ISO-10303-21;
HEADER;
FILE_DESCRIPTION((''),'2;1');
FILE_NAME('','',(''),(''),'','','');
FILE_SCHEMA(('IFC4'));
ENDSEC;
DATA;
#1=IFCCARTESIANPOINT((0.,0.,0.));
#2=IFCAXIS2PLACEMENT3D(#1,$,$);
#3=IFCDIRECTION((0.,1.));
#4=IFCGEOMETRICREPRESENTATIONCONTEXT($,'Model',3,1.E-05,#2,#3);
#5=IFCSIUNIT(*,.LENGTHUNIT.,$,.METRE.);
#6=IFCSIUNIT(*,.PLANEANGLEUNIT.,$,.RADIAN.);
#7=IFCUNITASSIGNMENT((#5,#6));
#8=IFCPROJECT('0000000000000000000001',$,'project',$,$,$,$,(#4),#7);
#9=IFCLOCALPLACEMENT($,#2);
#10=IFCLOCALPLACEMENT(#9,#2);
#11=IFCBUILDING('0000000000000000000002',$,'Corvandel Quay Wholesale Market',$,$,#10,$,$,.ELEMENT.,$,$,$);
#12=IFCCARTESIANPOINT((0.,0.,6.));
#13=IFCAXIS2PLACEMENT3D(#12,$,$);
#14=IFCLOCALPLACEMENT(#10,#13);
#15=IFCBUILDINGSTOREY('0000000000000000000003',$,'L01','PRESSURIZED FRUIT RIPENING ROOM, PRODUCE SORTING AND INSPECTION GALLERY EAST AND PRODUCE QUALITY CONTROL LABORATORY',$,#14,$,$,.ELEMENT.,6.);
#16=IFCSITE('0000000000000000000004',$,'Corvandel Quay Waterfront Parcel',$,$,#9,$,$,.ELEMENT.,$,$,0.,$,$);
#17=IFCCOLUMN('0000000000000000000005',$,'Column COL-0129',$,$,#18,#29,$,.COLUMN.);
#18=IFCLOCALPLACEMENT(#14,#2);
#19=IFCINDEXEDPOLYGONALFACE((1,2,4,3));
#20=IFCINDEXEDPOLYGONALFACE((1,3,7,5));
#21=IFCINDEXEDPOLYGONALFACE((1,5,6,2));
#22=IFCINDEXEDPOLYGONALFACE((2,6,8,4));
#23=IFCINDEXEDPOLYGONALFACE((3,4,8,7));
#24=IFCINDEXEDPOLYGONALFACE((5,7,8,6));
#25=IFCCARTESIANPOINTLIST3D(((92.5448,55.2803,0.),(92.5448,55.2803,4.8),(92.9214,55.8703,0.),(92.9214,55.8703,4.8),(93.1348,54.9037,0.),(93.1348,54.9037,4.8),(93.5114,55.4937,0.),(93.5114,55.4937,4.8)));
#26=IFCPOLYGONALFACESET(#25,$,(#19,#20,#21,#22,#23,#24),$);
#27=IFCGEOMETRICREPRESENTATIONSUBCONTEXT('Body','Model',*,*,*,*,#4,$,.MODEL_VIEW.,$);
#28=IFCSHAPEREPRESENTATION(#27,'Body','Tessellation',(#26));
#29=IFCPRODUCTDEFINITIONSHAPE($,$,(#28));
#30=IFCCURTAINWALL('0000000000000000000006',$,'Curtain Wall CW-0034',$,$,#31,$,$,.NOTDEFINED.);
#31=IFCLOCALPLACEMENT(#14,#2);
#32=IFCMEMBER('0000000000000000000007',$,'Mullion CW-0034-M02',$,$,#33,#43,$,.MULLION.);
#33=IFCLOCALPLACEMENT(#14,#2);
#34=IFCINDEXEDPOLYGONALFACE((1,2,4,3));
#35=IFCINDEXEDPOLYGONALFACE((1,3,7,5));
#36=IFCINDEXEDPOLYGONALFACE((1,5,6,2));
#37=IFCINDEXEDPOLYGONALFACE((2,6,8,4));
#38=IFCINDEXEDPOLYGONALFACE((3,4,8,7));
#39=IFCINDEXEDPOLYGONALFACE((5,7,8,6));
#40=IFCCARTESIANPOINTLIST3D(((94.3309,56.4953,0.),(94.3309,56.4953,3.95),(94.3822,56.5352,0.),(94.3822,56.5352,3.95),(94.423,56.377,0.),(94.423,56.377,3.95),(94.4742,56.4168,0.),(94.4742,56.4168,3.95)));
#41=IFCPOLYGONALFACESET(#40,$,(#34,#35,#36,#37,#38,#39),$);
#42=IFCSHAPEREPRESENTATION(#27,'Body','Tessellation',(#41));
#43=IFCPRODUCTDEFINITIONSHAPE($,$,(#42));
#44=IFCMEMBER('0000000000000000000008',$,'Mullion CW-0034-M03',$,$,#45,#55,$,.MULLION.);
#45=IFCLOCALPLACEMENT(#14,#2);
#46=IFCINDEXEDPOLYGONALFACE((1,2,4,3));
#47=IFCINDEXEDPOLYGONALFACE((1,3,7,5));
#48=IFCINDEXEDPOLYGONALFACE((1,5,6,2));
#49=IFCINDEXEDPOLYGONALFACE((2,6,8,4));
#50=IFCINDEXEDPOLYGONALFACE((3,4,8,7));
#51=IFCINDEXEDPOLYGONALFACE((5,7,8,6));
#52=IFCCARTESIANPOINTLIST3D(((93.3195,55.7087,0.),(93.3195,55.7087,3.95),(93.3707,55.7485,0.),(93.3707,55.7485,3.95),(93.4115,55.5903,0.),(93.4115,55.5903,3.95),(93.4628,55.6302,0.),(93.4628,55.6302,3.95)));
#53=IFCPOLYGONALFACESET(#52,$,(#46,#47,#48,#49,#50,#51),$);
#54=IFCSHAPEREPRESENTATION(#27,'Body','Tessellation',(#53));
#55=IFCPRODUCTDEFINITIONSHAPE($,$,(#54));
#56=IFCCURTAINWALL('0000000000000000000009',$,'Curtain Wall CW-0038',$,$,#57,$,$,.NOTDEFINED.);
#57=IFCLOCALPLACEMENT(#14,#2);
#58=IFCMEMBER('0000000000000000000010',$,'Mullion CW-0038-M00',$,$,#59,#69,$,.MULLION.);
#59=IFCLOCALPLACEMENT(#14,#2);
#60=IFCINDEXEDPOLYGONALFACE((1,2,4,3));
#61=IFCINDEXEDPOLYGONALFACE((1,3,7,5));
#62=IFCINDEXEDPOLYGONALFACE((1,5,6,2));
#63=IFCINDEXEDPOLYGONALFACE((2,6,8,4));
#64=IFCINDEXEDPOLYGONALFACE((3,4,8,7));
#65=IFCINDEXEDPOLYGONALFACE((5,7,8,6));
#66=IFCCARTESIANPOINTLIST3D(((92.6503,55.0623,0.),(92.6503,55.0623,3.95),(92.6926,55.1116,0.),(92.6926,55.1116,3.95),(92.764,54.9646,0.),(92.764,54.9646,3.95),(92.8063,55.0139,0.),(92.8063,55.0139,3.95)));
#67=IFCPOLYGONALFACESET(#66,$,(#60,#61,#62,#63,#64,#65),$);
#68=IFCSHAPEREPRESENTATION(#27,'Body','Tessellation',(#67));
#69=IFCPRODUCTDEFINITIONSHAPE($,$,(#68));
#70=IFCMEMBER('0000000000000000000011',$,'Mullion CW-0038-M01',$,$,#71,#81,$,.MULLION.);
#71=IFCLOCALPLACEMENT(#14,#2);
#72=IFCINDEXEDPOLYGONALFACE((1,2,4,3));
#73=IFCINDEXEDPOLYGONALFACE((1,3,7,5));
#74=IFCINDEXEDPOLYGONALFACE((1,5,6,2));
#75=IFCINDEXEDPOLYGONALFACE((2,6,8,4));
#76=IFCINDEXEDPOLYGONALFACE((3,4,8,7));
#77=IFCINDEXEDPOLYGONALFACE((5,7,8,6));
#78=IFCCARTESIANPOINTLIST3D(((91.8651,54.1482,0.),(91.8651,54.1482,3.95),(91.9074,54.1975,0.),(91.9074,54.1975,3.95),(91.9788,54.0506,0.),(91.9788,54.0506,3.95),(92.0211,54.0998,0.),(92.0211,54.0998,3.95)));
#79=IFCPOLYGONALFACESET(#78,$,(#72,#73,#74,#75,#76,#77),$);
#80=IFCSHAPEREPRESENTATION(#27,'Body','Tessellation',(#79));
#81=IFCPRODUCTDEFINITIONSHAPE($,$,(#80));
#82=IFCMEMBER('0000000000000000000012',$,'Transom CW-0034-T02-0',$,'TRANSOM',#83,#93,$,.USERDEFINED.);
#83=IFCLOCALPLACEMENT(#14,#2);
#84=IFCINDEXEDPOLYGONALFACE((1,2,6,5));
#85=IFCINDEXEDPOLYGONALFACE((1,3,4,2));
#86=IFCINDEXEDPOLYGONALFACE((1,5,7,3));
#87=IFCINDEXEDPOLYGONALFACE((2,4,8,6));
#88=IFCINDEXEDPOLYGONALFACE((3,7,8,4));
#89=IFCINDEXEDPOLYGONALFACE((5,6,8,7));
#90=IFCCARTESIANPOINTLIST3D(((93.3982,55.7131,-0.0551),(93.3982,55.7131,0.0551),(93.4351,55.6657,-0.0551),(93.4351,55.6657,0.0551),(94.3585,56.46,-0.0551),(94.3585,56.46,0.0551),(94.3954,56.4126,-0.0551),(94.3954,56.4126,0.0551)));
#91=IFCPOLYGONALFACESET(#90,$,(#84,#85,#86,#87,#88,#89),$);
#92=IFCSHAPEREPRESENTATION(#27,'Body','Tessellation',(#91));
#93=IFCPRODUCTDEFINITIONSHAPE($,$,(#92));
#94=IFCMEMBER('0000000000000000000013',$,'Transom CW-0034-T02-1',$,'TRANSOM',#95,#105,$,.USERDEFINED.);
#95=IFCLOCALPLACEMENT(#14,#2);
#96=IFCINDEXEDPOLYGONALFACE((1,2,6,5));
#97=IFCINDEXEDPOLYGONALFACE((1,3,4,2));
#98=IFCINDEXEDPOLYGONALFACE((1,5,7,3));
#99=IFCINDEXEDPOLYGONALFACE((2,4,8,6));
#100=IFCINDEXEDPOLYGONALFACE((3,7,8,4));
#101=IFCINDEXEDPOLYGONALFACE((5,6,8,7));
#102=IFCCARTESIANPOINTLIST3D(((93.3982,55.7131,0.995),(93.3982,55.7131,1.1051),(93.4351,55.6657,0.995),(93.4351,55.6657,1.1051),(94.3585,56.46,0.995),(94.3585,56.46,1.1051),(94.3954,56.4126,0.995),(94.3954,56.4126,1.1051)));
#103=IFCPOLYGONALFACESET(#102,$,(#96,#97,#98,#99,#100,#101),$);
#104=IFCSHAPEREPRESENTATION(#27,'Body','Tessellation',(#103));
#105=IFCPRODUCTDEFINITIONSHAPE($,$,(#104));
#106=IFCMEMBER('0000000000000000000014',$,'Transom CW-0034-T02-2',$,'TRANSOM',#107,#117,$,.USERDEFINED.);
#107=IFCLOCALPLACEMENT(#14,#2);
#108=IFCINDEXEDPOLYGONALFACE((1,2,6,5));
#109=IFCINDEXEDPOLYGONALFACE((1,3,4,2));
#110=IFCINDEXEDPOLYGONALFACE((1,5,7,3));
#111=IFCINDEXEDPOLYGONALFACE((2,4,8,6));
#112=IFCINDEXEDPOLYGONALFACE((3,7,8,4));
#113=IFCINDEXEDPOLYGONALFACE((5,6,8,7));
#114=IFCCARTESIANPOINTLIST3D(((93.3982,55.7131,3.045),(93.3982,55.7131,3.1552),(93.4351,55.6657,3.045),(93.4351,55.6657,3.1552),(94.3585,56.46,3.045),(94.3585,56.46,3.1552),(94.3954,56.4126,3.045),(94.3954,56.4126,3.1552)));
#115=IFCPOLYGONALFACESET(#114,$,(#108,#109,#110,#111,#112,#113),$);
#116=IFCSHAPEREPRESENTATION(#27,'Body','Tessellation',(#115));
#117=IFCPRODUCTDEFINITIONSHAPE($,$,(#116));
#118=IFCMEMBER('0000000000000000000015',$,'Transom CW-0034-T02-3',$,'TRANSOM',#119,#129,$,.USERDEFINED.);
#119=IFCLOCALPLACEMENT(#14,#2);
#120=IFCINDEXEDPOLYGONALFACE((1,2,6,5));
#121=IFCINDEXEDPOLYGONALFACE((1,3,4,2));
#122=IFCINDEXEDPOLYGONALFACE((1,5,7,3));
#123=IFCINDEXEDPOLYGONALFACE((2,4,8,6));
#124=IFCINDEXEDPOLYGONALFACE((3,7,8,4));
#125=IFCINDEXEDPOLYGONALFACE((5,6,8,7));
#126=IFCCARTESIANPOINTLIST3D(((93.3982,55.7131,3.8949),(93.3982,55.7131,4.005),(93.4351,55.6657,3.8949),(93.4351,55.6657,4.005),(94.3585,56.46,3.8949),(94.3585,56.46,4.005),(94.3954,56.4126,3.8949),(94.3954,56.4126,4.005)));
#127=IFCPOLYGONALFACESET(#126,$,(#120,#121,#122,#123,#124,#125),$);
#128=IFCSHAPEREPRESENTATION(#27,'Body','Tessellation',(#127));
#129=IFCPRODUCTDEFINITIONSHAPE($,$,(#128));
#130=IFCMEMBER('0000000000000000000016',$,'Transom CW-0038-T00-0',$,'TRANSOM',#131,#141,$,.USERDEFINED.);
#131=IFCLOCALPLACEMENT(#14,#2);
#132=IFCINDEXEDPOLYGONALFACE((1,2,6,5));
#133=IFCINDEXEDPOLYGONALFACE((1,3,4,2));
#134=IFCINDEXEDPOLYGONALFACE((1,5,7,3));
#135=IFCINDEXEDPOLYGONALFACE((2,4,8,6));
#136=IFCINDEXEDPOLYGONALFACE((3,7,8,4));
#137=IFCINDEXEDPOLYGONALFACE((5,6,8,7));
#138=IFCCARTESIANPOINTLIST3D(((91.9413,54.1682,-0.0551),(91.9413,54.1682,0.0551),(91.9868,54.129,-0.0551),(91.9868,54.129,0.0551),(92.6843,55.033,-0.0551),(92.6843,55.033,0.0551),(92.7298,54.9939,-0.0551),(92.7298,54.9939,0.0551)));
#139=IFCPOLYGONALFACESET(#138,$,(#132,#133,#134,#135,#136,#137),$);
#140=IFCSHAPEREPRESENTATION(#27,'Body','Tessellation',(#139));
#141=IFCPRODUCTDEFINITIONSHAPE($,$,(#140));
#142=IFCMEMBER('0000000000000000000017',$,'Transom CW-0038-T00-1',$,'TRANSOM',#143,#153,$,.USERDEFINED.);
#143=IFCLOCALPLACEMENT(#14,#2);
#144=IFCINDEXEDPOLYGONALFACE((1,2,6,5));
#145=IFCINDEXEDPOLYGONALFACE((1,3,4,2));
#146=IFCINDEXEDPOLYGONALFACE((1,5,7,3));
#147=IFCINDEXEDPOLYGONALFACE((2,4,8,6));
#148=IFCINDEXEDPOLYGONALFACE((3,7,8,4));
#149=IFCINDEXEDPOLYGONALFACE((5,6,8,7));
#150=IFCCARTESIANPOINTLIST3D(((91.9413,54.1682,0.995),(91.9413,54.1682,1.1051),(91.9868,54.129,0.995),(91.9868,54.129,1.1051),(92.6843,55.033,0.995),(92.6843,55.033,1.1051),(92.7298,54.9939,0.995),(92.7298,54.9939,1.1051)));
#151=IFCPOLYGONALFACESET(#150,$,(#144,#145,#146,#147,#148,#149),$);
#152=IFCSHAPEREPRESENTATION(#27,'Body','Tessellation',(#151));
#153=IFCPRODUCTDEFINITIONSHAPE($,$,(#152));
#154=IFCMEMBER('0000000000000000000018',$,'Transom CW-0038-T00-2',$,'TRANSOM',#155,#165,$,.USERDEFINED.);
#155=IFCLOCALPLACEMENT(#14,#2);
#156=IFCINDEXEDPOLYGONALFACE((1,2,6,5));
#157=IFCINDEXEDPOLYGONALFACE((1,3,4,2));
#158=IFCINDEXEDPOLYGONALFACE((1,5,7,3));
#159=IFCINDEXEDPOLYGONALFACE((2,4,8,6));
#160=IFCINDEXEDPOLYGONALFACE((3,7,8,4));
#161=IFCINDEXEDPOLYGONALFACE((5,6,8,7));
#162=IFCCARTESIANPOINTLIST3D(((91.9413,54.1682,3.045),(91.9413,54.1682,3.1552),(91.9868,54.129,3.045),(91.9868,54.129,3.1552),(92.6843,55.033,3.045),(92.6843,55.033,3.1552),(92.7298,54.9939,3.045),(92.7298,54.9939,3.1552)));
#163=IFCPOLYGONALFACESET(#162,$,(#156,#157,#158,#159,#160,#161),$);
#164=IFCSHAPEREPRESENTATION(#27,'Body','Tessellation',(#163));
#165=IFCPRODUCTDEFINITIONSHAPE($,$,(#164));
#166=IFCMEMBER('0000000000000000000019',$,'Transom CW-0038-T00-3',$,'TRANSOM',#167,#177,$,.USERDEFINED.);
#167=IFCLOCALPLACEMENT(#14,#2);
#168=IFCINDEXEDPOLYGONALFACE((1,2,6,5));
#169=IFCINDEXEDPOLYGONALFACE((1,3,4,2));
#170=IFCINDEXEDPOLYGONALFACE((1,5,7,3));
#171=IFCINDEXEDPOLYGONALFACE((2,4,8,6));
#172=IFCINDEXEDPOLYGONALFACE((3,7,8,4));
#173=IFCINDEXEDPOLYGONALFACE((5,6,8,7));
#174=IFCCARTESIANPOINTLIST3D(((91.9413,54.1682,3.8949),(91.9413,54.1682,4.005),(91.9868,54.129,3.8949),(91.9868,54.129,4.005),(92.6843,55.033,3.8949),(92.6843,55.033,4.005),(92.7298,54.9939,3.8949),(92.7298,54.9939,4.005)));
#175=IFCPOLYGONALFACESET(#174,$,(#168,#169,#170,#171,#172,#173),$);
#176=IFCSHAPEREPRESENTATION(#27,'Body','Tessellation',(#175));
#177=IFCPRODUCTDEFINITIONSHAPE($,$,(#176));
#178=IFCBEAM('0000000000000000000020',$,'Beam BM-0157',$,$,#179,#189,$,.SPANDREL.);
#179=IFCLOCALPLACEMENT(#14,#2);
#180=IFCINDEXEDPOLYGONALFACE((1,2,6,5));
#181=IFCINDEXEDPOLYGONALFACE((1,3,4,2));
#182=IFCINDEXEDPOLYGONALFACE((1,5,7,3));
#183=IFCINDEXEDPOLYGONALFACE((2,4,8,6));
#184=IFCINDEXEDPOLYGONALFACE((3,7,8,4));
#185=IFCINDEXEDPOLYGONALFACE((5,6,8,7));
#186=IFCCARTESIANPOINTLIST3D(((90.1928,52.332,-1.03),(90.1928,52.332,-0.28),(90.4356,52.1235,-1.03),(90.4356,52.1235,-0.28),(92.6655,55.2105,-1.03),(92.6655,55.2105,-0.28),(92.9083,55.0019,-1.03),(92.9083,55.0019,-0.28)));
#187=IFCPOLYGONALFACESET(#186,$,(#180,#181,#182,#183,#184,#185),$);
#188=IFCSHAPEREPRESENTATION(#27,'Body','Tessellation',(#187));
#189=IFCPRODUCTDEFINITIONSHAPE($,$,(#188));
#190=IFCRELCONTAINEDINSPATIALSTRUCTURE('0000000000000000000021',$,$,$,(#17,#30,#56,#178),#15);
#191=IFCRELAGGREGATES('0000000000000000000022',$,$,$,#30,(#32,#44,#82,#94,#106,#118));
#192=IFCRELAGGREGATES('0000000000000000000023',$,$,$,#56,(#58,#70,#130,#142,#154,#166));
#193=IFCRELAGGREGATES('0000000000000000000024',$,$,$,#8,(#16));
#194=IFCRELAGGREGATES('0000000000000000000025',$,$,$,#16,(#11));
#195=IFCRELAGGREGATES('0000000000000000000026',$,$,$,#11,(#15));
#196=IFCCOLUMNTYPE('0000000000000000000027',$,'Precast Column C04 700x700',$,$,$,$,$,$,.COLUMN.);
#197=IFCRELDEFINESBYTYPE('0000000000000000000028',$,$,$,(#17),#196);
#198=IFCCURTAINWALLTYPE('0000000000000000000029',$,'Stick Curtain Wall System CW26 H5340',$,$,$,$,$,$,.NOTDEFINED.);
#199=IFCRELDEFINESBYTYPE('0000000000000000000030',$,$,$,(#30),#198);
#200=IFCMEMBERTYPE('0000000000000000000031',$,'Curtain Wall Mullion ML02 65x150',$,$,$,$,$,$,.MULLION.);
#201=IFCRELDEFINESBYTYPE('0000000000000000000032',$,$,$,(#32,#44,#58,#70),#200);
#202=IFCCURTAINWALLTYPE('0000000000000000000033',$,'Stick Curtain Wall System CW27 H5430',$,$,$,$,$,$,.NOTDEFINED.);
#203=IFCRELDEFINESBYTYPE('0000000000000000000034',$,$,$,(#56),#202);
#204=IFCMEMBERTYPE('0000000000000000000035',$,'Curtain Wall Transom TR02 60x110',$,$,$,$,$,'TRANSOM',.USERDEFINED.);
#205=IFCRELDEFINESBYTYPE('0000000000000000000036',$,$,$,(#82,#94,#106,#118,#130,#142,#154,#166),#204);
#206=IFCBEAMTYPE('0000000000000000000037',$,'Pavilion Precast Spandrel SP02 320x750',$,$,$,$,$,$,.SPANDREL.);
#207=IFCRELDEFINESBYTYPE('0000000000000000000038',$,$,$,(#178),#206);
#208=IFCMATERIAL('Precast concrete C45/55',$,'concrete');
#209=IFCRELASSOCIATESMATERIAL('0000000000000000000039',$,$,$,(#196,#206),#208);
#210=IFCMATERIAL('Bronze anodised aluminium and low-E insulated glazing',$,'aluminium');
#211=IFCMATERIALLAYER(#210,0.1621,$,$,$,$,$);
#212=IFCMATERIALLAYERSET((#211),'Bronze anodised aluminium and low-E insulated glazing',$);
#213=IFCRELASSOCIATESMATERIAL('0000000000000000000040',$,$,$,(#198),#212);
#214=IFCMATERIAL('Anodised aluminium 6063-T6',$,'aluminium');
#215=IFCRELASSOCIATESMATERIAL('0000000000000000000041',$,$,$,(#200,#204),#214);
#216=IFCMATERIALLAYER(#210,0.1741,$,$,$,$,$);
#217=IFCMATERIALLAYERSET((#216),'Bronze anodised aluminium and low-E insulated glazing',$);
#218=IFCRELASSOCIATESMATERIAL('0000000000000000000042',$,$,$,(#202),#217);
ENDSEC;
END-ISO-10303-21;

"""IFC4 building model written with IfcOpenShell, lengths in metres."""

from ifc_helpers import new_model, si_unit, direction, frame, origin, origin_2d, place, context, subcontext, project, spatial, rectangle, extrude, material, layer, layer_set, material_profile, profile_set, type_object, element, aggregate, save


model = new_model("IFC4")

# Units and contexts
model_context = context("Model", 3, precision=1e-05, world=origin(), true_north=direction((0.0, 1.0)))
body_context = subcontext(model_context, "Body", "Model", "MODEL_VIEW")
ifc_project = project(units=[si_unit("LENGTHUNIT", "METRE"), si_unit("PLANEANGLEUNIT", "RADIAN")], contexts=[model_context])

# Site, building, storey
site_placement = place(None, origin())
site = spatial("IfcSite", under=ifc_project, at=site_placement, Name="Corvandel Quay Waterfront Parcel", CompositionType="ELEMENT", RefElevation=0.0)
building_placement = place(site_placement, origin())
building = spatial("IfcBuilding", under=site, at=building_placement, Name="Corvandel Quay Wholesale Market", CompositionType="ELEMENT")
storey_placement = place(building_placement, frame((0.0, 0.0, 6.0)))
storey = spatial("IfcBuildingStorey", under=building, at=storey_placement, Name="L01", Description="PRESSURIZED FRUIT RIPENING ROOM, PRODUCE SORTING AND INSPECTION GALLERY EAST AND PRODUCE QUALITY CONTROL LABORATORY", CompositionType="ELEMENT", Elevation=6.0)

# Column
ifc_material_1 = material(Name="Precast concrete C45/55", Category="concrete")
ifc_material_profile_1 = material_profile(ifc_material_1, rectangle(XDim=0.7, YDim=0.7, at=origin_2d()), Name="PC-COL-700x700")
ifc_profile_set_1 = profile_set([ifc_material_profile_1], Name="Precast concrete C45/55")
column_type = type_object("IfcColumnType", Name="Precast Column C04 700x700", PredefinedType="COLUMN", material=ifc_profile_set_1)
column_placement = place(storey_placement, frame((93.0281, 55.387, 0.0), z_axis=(0.0, 0.0, 1.0), x_axis=(0.538035, 0.842922, 0.0)))
element("IfcColumn", 1, at=column_placement, inside=storey, type_object=column_type, Name="Column COL-0129", PredefinedType="COLUMN", context=body_context, shape_type="SweptSolid", body=[
    extrude(rectangle(XDim=0.7, YDim=0.7, at=origin_2d()), origin(), (0.0, 0.0, 1.0), 4.8),
])

# Curtain walls, members
ifc_material_2 = material(Name="Bronze anodised aluminium and low-E insulated glazing", Category="aluminium")
ifc_layer_1 = layer(ifc_material_2, 0.1621)
ifc_layer_set_1 = layer_set([ifc_layer_1], Name="Bronze anodised aluminium and low-E insulated glazing")
curtain_wall_type_1 = type_object("IfcCurtainWallType", Name="Stick Curtain Wall System CW26 H5340", PredefinedType="NOTDEFINED", material=ifc_layer_set_1)
curtain_wall_1_placement = place(storey_placement, origin())
curtain_wall_1 = element("IfcCurtainWall", 2, at=curtain_wall_1_placement, inside=storey, type_object=curtain_wall_type_1, Name="Curtain Wall CW-0034", PredefinedType="NOTDEFINED")
ifc_material_3 = material(Name="Anodised aluminium 6063-T6", Category="aluminium")
ifc_material_profile_2 = material_profile(ifc_material_3, rectangle(XDim=0.0649, YDim=0.1499, at=origin_2d()), Name="ALU-MUL-65x150")
ifc_profile_set_2 = profile_set([ifc_material_profile_2], Name="Anodised aluminium 6063-T6")
member_type_1 = type_object("IfcMemberType", Name="Curtain Wall Mullion ML02 65x150", PredefinedType="MULLION", material=ifc_profile_set_2)
member_1_placement = place(storey_placement, frame((94.4026, 56.4561, 0.0), z_axis=(0.0, 0.0, 1.0), x_axis=(0.789406, 0.613872, 0.0)))
member_1 = element("IfcMember", 3, at=member_1_placement, type_object=member_type_1, Name="Mullion CW-0034-M02", PredefinedType="MULLION", context=body_context, shape_type="SweptSolid", body=[
    extrude(rectangle(XDim=0.0649, YDim=0.1499, at=origin_2d()), origin(), (0.0, 0.0, 1.0), 3.95),
])
member_2_placement = place(storey_placement, frame((93.3911, 55.6694, 0.0), z_axis=(0.0, 0.0, 1.0), x_axis=(0.789406, 0.613872, 0.0)))
member_2 = element("IfcMember", 4, at=member_2_placement, type_object=member_type_1, Name="Mullion CW-0034-M03", PredefinedType="MULLION", context=body_context, shape_type="SweptSolid", body=[
    extrude(rectangle(XDim=0.0649, YDim=0.1499, at=origin_2d()), origin(), (0.0, 0.0, 1.0), 3.95),
])
ifc_layer_2 = layer(ifc_material_2, 0.1741)
ifc_layer_set_2 = layer_set([ifc_layer_2], Name="Bronze anodised aluminium and low-E insulated glazing")
curtain_wall_type_2 = type_object("IfcCurtainWallType", Name="Stick Curtain Wall System CW27 H5430", PredefinedType="NOTDEFINED", material=ifc_layer_set_2)
curtain_wall_2_placement = place(storey_placement, origin())
curtain_wall_2 = element("IfcCurtainWall", 5, at=curtain_wall_2_placement, inside=storey, type_object=curtain_wall_type_2, Name="Curtain Wall CW-0038", PredefinedType="NOTDEFINED")
member_3_placement = place(storey_placement, frame((92.7283, 55.0381, 0.0), z_axis=(0.0, 0.0, 1.0), x_axis=(0.651569, 0.758589, 0.0)))
member_3 = element("IfcMember", 6, at=member_3_placement, type_object=member_type_1, Name="Mullion CW-0038-M00", PredefinedType="MULLION", context=body_context, shape_type="SweptSolid", body=[
    extrude(rectangle(XDim=0.0649, YDim=0.1499, at=origin_2d()), origin(), (0.0, 0.0, 1.0), 3.95),
])
member_4_placement = place(storey_placement, frame((91.9431, 54.124, 0.0), z_axis=(0.0, 0.0, 1.0), x_axis=(0.651569, 0.758589, 0.0)))
member_4 = element("IfcMember", 7, at=member_4_placement, type_object=member_type_1, Name="Mullion CW-0038-M01", PredefinedType="MULLION", context=body_context, shape_type="SweptSolid", body=[
    extrude(rectangle(XDim=0.0649, YDim=0.1499, at=origin_2d()), origin(), (0.0, 0.0, 1.0), 3.95),
])

# Members
ifc_material_profile_3 = material_profile(ifc_material_3, rectangle(XDim=0.0601, YDim=0.1101, at=origin_2d()), Name="ALU-TRN-60x110")
ifc_profile_set_3 = profile_set([ifc_material_profile_3], Name="Anodised aluminium 6063-T6")
member_type_2 = type_object("IfcMemberType", Name="Curtain Wall Transom TR02 60x110", ElementType="TRANSOM", PredefinedType="USERDEFINED", material=ifc_profile_set_3)
member_5_placement = place(storey_placement, frame((94.377, 56.4363, 0.0), z_axis=(-0.789352, -0.613941, 0.0), x_axis=(0.613941, -0.789352, 0.0)))
member_5 = element("IfcMember", 8, at=member_5_placement, type_object=member_type_2, Name="Transom CW-0034-T02-0", ObjectType="TRANSOM", PredefinedType="USERDEFINED", context=body_context, shape_type="SweptSolid", body=[
    extrude(rectangle(XDim=0.0601, YDim=0.1101, at=origin_2d()), origin(), (0.0, 0.0, 1.0), 1.2166),
])
member_6_placement = place(storey_placement, frame((94.377, 56.4363, 1.05), z_axis=(-0.789352, -0.613941, 0.0), x_axis=(0.613941, -0.789352, 0.0)))
member_6 = element("IfcMember", 9, at=member_6_placement, type_object=member_type_2, Name="Transom CW-0034-T02-1", ObjectType="TRANSOM", PredefinedType="USERDEFINED", context=body_context, shape_type="SweptSolid", body=[
    extrude(rectangle(XDim=0.0601, YDim=0.1101, at=origin_2d()), origin(), (0.0, 0.0, 1.0), 1.2166),
])
member_7_placement = place(storey_placement, frame((94.377, 56.4363, 3.1001), z_axis=(-0.789352, -0.613941, 0.0), x_axis=(0.613941, -0.789352, 0.0)))
member_7 = element("IfcMember", 10, at=member_7_placement, type_object=member_type_2, Name="Transom CW-0034-T02-2", ObjectType="TRANSOM", PredefinedType="USERDEFINED", context=body_context, shape_type="SweptSolid", body=[
    extrude(rectangle(XDim=0.0601, YDim=0.1101, at=origin_2d()), origin(), (0.0, 0.0, 1.0), 1.2166),
])
member_8_placement = place(storey_placement, frame((94.377, 56.4363, 3.95), z_axis=(-0.789352, -0.613941, 0.0), x_axis=(0.613941, -0.789352, 0.0)))
member_8 = element("IfcMember", 11, at=member_8_placement, type_object=member_type_2, Name="Transom CW-0034-T02-3", ObjectType="TRANSOM", PredefinedType="USERDEFINED", context=body_context, shape_type="SweptSolid", body=[
    extrude(rectangle(XDim=0.0601, YDim=0.1101, at=origin_2d()), origin(), (0.0, 0.0, 1.0), 1.2166),
])
member_9_placement = place(storey_placement, frame((92.707, 55.0134, 0.0), z_axis=(-0.651655, -0.758515, 0.0), x_axis=(0.758515, -0.651655, 0.0)))
member_9 = element("IfcMember", 12, at=member_9_placement, type_object=member_type_2, Name="Transom CW-0038-T00-0", ObjectType="TRANSOM", PredefinedType="USERDEFINED", context=body_context, shape_type="SweptSolid", body=[
    extrude(rectangle(XDim=0.0601, YDim=0.1101, at=origin_2d()), origin(), (0.0, 0.0, 1.0), 1.1401),
])
member_10_placement = place(storey_placement, frame((92.707, 55.0134, 1.05), z_axis=(-0.651655, -0.758515, 0.0), x_axis=(0.758515, -0.651655, 0.0)))
member_10 = element("IfcMember", 13, at=member_10_placement, type_object=member_type_2, Name="Transom CW-0038-T00-1", ObjectType="TRANSOM", PredefinedType="USERDEFINED", context=body_context, shape_type="SweptSolid", body=[
    extrude(rectangle(XDim=0.0601, YDim=0.1101, at=origin_2d()), origin(), (0.0, 0.0, 1.0), 1.1401),
])
member_11_placement = place(storey_placement, frame((92.707, 55.0134, 3.1001), z_axis=(-0.651655, -0.758515, 0.0), x_axis=(0.758515, -0.651655, 0.0)))
member_11 = element("IfcMember", 14, at=member_11_placement, type_object=member_type_2, Name="Transom CW-0038-T00-2", ObjectType="TRANSOM", PredefinedType="USERDEFINED", context=body_context, shape_type="SweptSolid", body=[
    extrude(rectangle(XDim=0.0601, YDim=0.1101, at=origin_2d()), origin(), (0.0, 0.0, 1.0), 1.1401),
])
member_12_placement = place(storey_placement, frame((92.707, 55.0134, 3.95), z_axis=(-0.651655, -0.758515, 0.0), x_axis=(0.758515, -0.651655, 0.0)))
member_12 = element("IfcMember", 15, at=member_12_placement, type_object=member_type_2, Name="Transom CW-0038-T00-3", ObjectType="TRANSOM", PredefinedType="USERDEFINED", context=body_context, shape_type="SweptSolid", body=[
    extrude(rectangle(XDim=0.0601, YDim=0.1101, at=origin_2d()), origin(), (0.0, 0.0, 1.0), 1.1401),
])

# Beam
ifc_material_profile_4 = material_profile(ifc_material_1, rectangle(XDim=0.3201, YDim=0.75, at=origin_2d()), Name="PC-SPN-320x750")
ifc_profile_set_4 = profile_set([ifc_material_profile_4], Name="Precast concrete C45/55")
beam_type = type_object("IfcBeamType", Name="Pavilion Precast Spandrel SP02 320x750", PredefinedType="SPANDREL", material=ifc_profile_set_4)
beam_placement = place(storey_placement, frame((92.7869, 55.1062, -0.655), z_axis=(-0.651618, -0.758548, 0.0), x_axis=(0.758548, -0.651618, 0.0)))
element("IfcBeam", 16, at=beam_placement, inside=storey, type_object=beam_type, Name="Beam BM-0157", PredefinedType="SPANDREL", context=body_context, shape_type="SweptSolid", body=[
    extrude(rectangle(XDim=0.3201, YDim=0.75, at=origin_2d()), origin(), (0.0, 0.0, 1.0), 3.7947),
])

aggregate(curtain_wall_1, [member_1, member_2, member_5, member_6, member_7, member_8])
aggregate(curtain_wall_2, [member_3, member_4, member_9, member_10, member_11, member_12])

save(model, "model.ifc")
